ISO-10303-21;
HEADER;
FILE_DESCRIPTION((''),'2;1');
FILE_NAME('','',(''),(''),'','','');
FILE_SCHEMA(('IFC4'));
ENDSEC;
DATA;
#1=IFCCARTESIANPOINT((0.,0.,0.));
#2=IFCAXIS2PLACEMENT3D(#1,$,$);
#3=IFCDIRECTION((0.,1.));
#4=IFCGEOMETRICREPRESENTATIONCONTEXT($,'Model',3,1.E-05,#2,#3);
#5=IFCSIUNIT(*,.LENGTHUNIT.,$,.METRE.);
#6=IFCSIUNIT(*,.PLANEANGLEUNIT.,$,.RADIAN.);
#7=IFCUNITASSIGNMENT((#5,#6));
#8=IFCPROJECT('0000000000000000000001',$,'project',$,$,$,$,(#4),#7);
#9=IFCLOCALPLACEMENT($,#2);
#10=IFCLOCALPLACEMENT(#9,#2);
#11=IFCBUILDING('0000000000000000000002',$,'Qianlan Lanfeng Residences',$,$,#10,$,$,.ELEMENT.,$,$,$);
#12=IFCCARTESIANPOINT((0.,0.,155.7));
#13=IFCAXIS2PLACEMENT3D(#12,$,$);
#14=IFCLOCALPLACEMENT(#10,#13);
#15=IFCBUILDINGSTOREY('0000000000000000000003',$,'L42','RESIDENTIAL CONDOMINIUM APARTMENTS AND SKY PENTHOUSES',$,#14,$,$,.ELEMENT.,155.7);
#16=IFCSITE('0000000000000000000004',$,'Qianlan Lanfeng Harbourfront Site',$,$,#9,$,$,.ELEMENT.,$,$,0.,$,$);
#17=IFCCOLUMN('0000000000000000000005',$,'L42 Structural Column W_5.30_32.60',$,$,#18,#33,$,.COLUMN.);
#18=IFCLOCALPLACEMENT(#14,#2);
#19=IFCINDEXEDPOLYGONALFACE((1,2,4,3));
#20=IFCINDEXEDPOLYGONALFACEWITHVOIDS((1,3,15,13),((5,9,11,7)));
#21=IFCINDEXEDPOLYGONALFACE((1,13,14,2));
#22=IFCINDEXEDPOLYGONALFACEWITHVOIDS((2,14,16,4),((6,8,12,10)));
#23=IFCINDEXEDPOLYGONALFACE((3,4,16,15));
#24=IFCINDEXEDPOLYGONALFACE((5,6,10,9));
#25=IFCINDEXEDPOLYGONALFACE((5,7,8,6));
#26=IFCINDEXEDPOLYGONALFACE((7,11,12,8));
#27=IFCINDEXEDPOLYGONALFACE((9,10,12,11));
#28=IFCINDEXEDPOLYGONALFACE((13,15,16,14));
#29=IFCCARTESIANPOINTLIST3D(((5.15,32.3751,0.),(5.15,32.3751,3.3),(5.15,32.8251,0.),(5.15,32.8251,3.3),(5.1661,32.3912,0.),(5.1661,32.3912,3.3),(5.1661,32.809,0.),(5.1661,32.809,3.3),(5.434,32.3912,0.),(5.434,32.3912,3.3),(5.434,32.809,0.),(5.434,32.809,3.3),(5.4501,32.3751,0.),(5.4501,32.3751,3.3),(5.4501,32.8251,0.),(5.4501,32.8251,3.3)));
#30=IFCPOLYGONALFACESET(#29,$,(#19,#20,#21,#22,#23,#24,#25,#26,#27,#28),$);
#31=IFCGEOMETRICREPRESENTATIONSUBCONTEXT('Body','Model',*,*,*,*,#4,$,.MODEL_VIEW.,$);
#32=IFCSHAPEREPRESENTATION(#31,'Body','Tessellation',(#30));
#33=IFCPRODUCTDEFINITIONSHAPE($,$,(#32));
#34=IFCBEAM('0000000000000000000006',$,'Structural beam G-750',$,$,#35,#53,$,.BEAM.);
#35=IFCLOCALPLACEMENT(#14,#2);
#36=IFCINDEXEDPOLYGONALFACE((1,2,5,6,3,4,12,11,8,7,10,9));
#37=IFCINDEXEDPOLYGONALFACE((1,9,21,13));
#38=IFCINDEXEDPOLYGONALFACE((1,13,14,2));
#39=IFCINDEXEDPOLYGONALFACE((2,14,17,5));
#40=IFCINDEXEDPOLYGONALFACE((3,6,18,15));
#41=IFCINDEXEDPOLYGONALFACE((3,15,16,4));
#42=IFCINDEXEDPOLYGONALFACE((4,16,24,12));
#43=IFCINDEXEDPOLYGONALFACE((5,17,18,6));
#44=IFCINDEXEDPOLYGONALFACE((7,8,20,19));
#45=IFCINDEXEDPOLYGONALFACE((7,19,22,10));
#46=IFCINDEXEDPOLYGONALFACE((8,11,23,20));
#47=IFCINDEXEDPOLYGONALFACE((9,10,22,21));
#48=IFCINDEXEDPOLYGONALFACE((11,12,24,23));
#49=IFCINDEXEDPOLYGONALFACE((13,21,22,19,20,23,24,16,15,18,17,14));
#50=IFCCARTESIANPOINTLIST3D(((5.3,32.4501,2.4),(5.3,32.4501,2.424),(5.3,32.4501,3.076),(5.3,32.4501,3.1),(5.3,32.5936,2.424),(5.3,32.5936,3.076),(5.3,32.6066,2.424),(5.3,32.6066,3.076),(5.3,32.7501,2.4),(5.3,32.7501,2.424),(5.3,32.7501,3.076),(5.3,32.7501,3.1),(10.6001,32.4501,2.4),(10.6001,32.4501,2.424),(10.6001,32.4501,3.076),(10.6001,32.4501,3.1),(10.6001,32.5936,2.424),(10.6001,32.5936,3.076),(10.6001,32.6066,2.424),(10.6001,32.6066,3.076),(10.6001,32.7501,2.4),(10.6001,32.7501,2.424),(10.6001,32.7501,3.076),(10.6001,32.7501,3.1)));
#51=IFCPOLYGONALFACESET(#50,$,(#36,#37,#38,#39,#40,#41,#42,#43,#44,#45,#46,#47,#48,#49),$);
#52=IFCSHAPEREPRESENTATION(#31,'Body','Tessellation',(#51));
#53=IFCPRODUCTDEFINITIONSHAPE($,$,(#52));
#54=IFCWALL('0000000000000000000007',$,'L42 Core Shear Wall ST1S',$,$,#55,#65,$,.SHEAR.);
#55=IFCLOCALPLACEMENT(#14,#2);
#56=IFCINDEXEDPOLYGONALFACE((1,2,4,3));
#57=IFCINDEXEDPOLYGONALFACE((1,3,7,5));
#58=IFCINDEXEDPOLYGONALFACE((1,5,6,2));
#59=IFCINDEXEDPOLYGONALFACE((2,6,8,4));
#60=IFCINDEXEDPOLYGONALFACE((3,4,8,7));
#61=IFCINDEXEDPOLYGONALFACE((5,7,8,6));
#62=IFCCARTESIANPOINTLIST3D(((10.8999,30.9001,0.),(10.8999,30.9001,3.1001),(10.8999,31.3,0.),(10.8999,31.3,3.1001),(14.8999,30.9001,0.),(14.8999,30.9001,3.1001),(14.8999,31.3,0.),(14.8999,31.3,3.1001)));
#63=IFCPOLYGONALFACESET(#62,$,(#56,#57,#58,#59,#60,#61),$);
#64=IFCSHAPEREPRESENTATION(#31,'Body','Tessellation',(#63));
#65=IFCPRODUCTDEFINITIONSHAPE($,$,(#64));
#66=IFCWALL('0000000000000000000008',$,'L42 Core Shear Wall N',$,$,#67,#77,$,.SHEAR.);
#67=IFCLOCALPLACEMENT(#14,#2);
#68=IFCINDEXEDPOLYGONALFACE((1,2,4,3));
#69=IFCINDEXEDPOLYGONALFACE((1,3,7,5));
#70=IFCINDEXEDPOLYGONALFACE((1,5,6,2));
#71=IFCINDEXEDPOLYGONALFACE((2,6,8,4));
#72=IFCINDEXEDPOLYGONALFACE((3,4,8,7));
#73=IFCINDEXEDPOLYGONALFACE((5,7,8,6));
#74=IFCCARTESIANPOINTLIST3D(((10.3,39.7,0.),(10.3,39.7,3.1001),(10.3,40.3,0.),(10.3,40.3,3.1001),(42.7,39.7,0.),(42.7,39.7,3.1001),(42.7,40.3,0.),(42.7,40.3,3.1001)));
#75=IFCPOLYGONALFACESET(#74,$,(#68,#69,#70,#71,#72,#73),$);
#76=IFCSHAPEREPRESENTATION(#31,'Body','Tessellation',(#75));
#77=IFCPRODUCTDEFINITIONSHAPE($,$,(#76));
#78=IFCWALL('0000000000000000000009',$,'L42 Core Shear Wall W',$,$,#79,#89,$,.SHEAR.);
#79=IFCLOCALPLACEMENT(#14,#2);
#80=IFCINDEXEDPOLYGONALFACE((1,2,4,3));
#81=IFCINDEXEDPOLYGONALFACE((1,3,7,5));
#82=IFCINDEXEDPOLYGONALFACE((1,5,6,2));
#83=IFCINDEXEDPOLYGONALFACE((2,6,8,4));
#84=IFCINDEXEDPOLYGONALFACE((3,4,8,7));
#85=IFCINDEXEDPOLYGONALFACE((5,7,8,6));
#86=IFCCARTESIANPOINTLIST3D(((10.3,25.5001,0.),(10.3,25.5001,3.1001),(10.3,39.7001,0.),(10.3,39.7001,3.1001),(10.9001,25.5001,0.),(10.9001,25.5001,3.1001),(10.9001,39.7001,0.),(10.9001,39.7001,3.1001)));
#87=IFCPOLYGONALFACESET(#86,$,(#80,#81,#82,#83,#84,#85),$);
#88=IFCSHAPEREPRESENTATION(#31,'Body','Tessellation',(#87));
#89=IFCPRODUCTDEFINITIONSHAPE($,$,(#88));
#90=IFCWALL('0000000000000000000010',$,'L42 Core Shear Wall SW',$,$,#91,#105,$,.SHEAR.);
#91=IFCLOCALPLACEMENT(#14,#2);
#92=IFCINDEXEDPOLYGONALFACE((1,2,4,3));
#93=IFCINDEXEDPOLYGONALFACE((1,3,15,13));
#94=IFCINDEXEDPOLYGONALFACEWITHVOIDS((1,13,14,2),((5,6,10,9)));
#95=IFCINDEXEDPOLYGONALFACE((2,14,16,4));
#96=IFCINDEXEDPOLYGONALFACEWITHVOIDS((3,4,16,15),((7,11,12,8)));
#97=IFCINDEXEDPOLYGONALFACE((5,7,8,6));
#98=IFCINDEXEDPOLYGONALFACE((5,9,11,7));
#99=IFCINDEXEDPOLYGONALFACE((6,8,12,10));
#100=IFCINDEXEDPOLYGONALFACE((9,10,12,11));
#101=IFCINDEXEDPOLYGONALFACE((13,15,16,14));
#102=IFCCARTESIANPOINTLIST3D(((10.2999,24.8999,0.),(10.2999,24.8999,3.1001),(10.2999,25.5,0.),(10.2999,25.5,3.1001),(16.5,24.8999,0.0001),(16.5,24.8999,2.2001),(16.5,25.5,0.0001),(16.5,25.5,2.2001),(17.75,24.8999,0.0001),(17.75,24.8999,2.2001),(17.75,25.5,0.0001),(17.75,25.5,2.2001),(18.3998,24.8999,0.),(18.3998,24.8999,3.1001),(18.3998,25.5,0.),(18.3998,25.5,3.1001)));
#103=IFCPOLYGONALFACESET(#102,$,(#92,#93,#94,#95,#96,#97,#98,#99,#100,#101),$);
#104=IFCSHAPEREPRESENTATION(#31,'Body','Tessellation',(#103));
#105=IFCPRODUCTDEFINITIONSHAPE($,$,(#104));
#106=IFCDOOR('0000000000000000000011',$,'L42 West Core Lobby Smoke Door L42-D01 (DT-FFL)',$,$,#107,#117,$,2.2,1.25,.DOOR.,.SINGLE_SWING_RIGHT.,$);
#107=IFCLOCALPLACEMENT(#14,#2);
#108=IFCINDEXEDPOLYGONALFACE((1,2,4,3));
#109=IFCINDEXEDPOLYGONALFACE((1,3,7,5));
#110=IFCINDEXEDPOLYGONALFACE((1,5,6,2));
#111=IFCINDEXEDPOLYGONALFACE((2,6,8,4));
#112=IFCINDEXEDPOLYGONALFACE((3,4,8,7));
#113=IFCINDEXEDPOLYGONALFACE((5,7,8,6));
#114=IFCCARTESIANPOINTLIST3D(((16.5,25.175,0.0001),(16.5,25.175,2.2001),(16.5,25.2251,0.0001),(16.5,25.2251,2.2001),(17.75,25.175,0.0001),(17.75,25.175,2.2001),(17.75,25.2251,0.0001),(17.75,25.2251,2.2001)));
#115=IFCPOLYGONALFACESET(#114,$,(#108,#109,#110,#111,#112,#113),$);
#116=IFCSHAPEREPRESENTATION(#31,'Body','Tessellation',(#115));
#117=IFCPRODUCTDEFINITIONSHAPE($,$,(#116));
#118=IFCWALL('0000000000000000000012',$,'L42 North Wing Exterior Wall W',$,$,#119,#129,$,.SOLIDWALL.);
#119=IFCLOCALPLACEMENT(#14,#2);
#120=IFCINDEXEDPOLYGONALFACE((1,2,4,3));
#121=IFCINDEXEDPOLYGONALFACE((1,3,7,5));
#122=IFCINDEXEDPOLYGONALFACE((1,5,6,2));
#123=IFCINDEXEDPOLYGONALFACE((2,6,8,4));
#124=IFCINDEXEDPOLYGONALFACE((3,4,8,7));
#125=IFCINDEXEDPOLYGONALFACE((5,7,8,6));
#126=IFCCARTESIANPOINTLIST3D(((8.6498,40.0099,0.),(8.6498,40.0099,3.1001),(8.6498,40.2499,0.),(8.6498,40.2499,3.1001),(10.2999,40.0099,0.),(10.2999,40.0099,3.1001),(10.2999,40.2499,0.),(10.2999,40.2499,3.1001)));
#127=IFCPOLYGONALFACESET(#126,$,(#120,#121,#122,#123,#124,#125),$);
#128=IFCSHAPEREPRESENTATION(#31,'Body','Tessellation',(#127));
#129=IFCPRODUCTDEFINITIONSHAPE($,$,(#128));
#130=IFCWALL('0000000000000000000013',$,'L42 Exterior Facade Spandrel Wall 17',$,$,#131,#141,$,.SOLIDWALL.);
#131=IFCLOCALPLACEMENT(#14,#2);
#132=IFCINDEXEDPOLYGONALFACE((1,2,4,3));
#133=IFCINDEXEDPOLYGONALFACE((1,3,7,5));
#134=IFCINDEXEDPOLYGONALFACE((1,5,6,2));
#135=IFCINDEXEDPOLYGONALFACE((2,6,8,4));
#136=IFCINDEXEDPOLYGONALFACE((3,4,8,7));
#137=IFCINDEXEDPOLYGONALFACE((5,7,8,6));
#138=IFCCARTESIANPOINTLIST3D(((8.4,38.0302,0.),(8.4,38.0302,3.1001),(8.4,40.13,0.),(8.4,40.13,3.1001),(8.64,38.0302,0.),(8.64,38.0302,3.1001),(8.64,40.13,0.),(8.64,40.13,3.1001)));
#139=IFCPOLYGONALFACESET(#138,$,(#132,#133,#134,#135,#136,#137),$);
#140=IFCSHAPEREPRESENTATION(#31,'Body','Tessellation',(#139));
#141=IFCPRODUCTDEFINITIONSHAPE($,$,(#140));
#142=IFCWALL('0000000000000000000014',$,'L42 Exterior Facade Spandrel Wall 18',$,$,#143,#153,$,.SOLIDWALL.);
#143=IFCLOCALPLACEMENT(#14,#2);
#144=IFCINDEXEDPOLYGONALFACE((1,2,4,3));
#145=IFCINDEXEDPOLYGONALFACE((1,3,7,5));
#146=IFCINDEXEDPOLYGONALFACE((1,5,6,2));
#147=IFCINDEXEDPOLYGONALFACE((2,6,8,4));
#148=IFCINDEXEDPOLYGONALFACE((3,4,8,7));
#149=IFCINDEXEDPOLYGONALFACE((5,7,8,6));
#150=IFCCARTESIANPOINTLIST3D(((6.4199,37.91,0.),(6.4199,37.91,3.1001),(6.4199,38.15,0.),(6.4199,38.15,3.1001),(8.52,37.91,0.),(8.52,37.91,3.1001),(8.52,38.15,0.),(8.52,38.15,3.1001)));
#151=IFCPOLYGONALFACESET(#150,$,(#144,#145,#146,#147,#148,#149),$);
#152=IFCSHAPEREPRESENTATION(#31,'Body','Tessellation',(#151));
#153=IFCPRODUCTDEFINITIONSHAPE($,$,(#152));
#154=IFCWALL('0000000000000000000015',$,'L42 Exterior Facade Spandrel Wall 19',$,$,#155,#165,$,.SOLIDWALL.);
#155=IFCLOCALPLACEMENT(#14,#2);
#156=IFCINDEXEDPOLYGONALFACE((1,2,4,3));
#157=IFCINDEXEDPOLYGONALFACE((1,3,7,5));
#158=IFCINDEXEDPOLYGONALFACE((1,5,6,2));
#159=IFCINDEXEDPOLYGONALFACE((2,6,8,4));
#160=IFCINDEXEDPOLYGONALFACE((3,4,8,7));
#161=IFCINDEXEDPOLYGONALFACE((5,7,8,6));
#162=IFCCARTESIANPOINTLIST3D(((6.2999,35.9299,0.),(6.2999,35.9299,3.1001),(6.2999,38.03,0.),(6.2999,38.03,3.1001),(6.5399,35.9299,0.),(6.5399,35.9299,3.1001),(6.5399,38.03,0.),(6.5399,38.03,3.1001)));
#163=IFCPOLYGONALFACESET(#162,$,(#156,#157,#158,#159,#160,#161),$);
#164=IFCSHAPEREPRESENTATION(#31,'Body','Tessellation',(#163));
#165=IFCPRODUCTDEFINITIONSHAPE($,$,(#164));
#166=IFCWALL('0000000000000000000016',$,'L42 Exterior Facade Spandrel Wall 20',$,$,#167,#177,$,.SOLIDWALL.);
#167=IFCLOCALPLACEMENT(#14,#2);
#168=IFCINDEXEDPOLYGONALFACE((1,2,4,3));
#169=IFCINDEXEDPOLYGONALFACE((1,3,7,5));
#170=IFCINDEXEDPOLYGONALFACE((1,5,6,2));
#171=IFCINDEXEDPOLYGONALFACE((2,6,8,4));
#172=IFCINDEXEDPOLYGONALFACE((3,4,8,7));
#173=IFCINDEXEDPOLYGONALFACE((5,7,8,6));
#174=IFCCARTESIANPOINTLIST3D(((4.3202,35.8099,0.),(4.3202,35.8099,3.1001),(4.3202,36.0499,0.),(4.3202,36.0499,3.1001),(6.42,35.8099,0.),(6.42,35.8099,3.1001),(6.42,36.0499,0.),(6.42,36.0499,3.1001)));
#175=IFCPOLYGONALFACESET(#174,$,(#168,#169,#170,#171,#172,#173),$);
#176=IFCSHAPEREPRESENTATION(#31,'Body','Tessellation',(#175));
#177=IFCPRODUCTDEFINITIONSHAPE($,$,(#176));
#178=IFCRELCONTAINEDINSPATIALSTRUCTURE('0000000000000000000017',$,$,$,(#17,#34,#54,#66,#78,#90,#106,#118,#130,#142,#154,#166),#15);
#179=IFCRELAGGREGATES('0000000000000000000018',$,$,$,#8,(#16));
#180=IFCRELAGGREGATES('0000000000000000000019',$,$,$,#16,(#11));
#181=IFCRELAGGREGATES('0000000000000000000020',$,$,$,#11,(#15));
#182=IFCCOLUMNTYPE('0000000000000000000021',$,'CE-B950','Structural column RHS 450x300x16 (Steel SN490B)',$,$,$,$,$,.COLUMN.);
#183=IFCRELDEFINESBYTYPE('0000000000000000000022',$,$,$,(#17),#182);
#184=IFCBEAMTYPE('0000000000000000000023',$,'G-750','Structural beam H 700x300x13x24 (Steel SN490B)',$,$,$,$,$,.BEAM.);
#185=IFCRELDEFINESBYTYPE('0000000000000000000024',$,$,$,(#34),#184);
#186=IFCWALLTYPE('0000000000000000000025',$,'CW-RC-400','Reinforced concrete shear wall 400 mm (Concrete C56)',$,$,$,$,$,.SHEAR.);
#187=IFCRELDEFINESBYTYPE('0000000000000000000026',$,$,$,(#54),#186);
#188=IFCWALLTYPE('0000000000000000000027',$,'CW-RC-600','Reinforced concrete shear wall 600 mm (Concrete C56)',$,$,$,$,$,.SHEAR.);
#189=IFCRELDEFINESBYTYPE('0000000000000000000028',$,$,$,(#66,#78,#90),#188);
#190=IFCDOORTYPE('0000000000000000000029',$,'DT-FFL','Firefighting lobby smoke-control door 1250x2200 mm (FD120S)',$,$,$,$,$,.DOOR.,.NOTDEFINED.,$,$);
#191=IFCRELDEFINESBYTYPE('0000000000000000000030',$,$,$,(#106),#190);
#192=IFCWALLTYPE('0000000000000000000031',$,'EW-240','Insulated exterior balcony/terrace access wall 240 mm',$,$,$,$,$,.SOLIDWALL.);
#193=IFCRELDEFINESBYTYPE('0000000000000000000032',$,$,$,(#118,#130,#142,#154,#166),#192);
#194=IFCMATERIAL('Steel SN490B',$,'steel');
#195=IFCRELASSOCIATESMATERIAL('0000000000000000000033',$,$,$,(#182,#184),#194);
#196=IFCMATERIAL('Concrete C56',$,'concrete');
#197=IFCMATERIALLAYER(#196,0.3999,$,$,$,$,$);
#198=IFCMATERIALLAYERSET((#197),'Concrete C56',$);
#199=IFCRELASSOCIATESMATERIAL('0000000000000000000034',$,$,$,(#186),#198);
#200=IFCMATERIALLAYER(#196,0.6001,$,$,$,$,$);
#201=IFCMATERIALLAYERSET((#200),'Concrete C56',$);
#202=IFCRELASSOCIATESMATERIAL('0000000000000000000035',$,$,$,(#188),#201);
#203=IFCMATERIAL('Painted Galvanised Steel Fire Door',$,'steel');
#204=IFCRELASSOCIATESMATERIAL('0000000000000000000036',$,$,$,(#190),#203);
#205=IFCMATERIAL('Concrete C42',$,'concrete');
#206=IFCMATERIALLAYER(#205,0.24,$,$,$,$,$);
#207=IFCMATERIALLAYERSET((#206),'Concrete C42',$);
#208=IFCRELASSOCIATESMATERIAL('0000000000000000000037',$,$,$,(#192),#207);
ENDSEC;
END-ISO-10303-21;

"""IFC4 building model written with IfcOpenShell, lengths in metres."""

from ifc_helpers import new_model, si_unit, direction, frame, frame_2d, origin, origin_2d, place, context, subcontext, project, spatial, rectangle, hollow_rectangle, i_section, extrude, material, layer, layer_set, material_profile, profile_set, type_object, element, fill, save


model = new_model("IFC4")

# Units and contexts
model_context = context("Model", 3, precision=1e-05, world=origin(), true_north=direction((0.0, 1.0)))
body_context = subcontext(model_context, "Body", "Model", "MODEL_VIEW")
ifc_project = project(units=[si_unit("LENGTHUNIT", "METRE"), si_unit("PLANEANGLEUNIT", "RADIAN")], contexts=[model_context])

# Site, building, storey
site_placement = place(None, origin())
site = spatial("IfcSite", under=ifc_project, at=site_placement, Name="Qianlan Lanfeng Harbourfront Site", CompositionType="ELEMENT", RefElevation=0.0)
building_placement = place(site_placement, origin())
building = spatial("IfcBuilding", under=site, at=building_placement, Name="Qianlan Lanfeng Residences", CompositionType="ELEMENT")
storey_placement = place(building_placement, frame((0.0, 0.0, 155.7)))
storey = spatial("IfcBuildingStorey", under=building, at=storey_placement, Name="L42", Description="RESIDENTIAL CONDOMINIUM APARTMENTS AND SKY PENTHOUSES", CompositionType="ELEMENT", Elevation=155.7)

# Column
ifc_material_1 = material(Name="Steel SN490B", Category="steel")
ifc_material_profile_1 = material_profile(ifc_material_1, hollow_rectangle(XDim=0.3, YDim=0.45, WallThickness=0.0161, at=origin_2d()), Name="RHS 450x300x16")
ifc_profile_set_1 = profile_set([ifc_material_profile_1], Name="Steel SN490B")
column_type = type_object("IfcColumnType", Name="CE-B950", Description="Structural column RHS 450x300x16 (Steel SN490B)", PredefinedType="COLUMN", material=ifc_profile_set_1)
column_placement = place(storey_placement, frame((5.3, 32.6001, 0.0), z_axis=(0.0, 0.0, 1.0), x_axis=(1.0, 0.0, 0.0)))
element("IfcColumn", 1, at=column_placement, inside=storey, type_object=column_type, Name="L42 Structural Column W_5.30_32.60", PredefinedType="COLUMN", context=body_context, shape_type="SweptSolid", body=[
    extrude(hollow_rectangle(XDim=0.3, YDim=0.45, WallThickness=0.0161, at=origin_2d()), origin(), (0.0, 0.0, 1.0), 3.3),
])

# Beam
ifc_material_profile_2 = material_profile(ifc_material_1, i_section(OverallWidth=0.3, OverallDepth=0.7, WebThickness=0.0129, FlangeThickness=0.0239, at=origin_2d()), Name="H 700x300x13x24")
ifc_profile_set_2 = profile_set([ifc_material_profile_2], Name="Steel SN490B")
beam_type = type_object("IfcBeamType", Name="G-750", Description="Structural beam H 700x300x13x24 (Steel SN490B)", PredefinedType="BEAM", material=ifc_profile_set_2)
beam_placement = place(storey_placement, frame((5.3, 32.6001, 2.75), z_axis=(1.0, 0.0, 0.0), x_axis=(0.0, 1.0, 0.0)))
element("IfcBeam", 2, at=beam_placement, inside=storey, type_object=beam_type, Name="Structural beam G-750", PredefinedType="BEAM", context=body_context, shape_type="SweptSolid", body=[
    extrude(i_section(OverallWidth=0.3, OverallDepth=0.7, WebThickness=0.0129, FlangeThickness=0.0239, at=origin_2d()), origin(), (0.0, 0.0, 1.0), 5.3),
])

# Walls
ifc_material_2 = material(Name="Concrete C56", Category="concrete")
ifc_layer_1 = layer(ifc_material_2, 0.3999)
ifc_layer_set_1 = layer_set([ifc_layer_1], Name="Concrete C56")
wall_type_1 = type_object("IfcWallType", Name="CW-RC-400", Description="Reinforced concrete shear wall 400 mm (Concrete C56)", PredefinedType="SHEAR", material=ifc_layer_set_1)
wall_1_placement = place(storey_placement, frame((10.8999, 31.1001, 0.0), z_axis=(0.0, 0.0, 1.0), x_axis=(1.0, 0.0, 0.0)))
element("IfcWall", 3, at=wall_1_placement, inside=storey, type_object=wall_type_1, Name="L42 Core Shear Wall ST1S", PredefinedType="SHEAR", context=body_context, shape_type="SweptSolid", body=[
    extrude(rectangle(XDim=4.0, YDim=0.3999, at=frame_2d((2.0, 0.0))), origin(), (0.0, 0.0, 1.0), 3.1001),
])
ifc_layer_2 = layer(ifc_material_2, 0.6001)
ifc_layer_set_2 = layer_set([ifc_layer_2], Name="Concrete C56")
wall_type_2 = type_object("IfcWallType", Name="CW-RC-600", Description="Reinforced concrete shear wall 600 mm (Concrete C56)", PredefinedType="SHEAR", material=ifc_layer_set_2)
wall_2_placement = place(storey_placement, frame((10.3, 40.0, 0.0), z_axis=(0.0, 0.0, 1.0), x_axis=(1.0, 0.0, 0.0)))
element("IfcWall", 4, at=wall_2_placement, inside=storey, type_object=wall_type_2, Name="L42 Core Shear Wall N", PredefinedType="SHEAR", context=body_context, shape_type="SweptSolid", body=[
    extrude(rectangle(XDim=32.3999, YDim=0.6001, at=frame_2d((16.2, 0.0))), origin(), (0.0, 0.0, 1.0), 3.1001),
])
wall_3_placement = place(storey_placement, frame((10.6001, 25.5, 0.0), z_axis=(0.0, 0.0, 1.0), x_axis=(0.0, 1.0, 0.0)))
element("IfcWall", 5, at=wall_3_placement, inside=storey, type_object=wall_type_2, Name="L42 Core Shear Wall W", PredefinedType="SHEAR", context=body_context, shape_type="SweptSolid", body=[
    extrude(rectangle(XDim=14.2, YDim=0.6001, at=frame_2d((7.1001, 0.0))), origin(), (0.0, 0.0, 1.0), 3.1001),
])

# Wall, opening, door
wall_4_placement = place(storey_placement, frame((10.3, 25.2, 0.0), z_axis=(0.0, 0.0, 1.0), x_axis=(1.0, 0.0, 0.0)))
wall_4 = element("IfcWall", 6, at=wall_4_placement, inside=storey, type_object=wall_type_2, Name="L42 Core Shear Wall SW", PredefinedType="SHEAR", context=body_context, shape_type="SweptSolid", body=[
    extrude(rectangle(XDim=8.0999, YDim=0.6001, at=frame_2d((4.0498, 0.0))), origin(), (0.0, 0.0, 1.0), 3.1001),
])
opening_1_placement = place(wall_4_placement, frame((6.2, 0.0, 0.0)))
opening_1 = element("IfcOpeningElement", 7, at=opening_1_placement, cuts=wall_4, PredefinedType="OPENING", context=body_context, shape_type="SweptSolid", body=[
    extrude(rectangle(XDim=1.25, YDim=2.2, at=frame_2d((0.625, 1.1001))), frame((0.0, 0.3101, 0.0), z_axis=(0.0, -1.0, 0.0), x_axis=(1.0, 0.0, 0.0)), (0.0, 0.0, 1.0), 0.6201),
])
ifc_material_3 = material(Name="Painted Galvanised Steel Fire Door", Category="steel")
door_type_1 = type_object("IfcDoorType", Name="DT-FFL", Description="Firefighting lobby smoke-control door 1250x2200 mm (FD120S)", OperationType="NOTDEFINED", PredefinedType="DOOR", material=ifc_material_3)
door_1_placement = place(opening_1_placement, frame((1.25, 0.0, 0.0), z_axis=(0.0, 0.0, 1.0), x_axis=(-1.0, 0.0, 0.0)))
door_1 = element("IfcDoor", 8, at=door_1_placement, inside=storey, type_object=door_type_1, Name="L42 West Core Lobby Smoke Door L42-D01 (DT-FFL)", OperationType="SINGLE_SWING_RIGHT", OverallHeight=2.2, OverallWidth=1.25, PredefinedType="DOOR", context=body_context, shape_type="SweptSolid", body=[
    extrude(rectangle(XDim=1.25, YDim=2.2, at=frame_2d((0.625, 1.1001))), frame((0.0, 0.0249, 0.0), z_axis=(0.0, -1.0, 0.0), x_axis=(1.0, 0.0, 0.0)), (0.0, 0.0, 1.0), 0.05),
])
fill(opening_1, door_1)

# Walls
ifc_material_4 = material(Name="Concrete C42", Category="concrete")
ifc_layer_3 = layer(ifc_material_4, 0.24)
ifc_layer_set_3 = layer_set([ifc_layer_3], Name="Concrete C42")
wall_type_3 = type_object("IfcWallType", Name="EW-240", Description="Insulated exterior balcony/terrace access wall 240 mm", PredefinedType="SOLIDWALL", material=ifc_layer_set_3)
wall_5_placement = place(storey_placement, frame((10.3, 40.1299, 0.0), z_axis=(0.0, 0.0, 1.0), x_axis=(-1.0, 0.0, 0.0)))
element("IfcWall", 9, at=wall_5_placement, inside=storey, type_object=wall_type_3, Name="L42 North Wing Exterior Wall W", PredefinedType="SOLIDWALL", context=body_context, shape_type="SweptSolid", body=[
    extrude(rectangle(XDim=1.6501, YDim=0.24, at=frame_2d((0.8252, 0.0))), origin(), (0.0, 0.0, 1.0), 3.1001),
])
wall_6_placement = place(storey_placement, frame((8.52, 40.1299, 0.0), z_axis=(0.0, 0.0, 1.0), x_axis=(0.0, -1.0, 0.0)))
element("IfcWall", 10, at=wall_6_placement, inside=storey, type_object=wall_type_3, Name="L42 Exterior Facade Spandrel Wall 17", PredefinedType="SOLIDWALL", context=body_context, shape_type="SweptSolid", body=[
    extrude(rectangle(XDim=2.0999, YDim=0.24, at=frame_2d((1.0498, 0.0))), origin(), (0.0, 0.0, 1.0), 3.1001),
])
for number, where, z_axis, x_axis, name in (
    (11, (8.52, 38.03, 0.0), (0.0, 0.0, 1.0), (-1.0, 0.0, 0.0), "L42 Exterior Facade Spandrel Wall 18"),
    (12, (6.4199, 38.03, 0.0), (0.0, 0.0, 1.0), (0.0, -1.0, 0.0), "L42 Exterior Facade Spandrel Wall 19"),
):
    element("IfcWall", number, at=place(storey_placement, frame(where, z_axis=z_axis, x_axis=x_axis)), inside=storey, type_object=wall_type_3, Name=name, PredefinedType="SOLIDWALL", context=body_context, shape_type="SweptSolid", body=[
        extrude(rectangle(XDim=2.1001, YDim=0.24, at=frame_2d((1.05, 0.0))), origin(), (0.0, 0.0, 1.0), 3.1001),
    ])
wall_7_placement = place(storey_placement, frame((6.4199, 35.9299, 0.0), z_axis=(0.0, 0.0, 1.0), x_axis=(-1.0, 0.0, 0.0)))
element("IfcWall", 13, at=wall_7_placement, inside=storey, type_object=wall_type_3, Name="L42 Exterior Facade Spandrel Wall 20", PredefinedType="SOLIDWALL", context=body_context, shape_type="SweptSolid", body=[
    extrude(rectangle(XDim=2.0999, YDim=0.24, at=frame_2d((1.0498, 0.0))), origin(), (0.0, 0.0, 1.0), 3.1001),
])

save(model, "model.ifc")
